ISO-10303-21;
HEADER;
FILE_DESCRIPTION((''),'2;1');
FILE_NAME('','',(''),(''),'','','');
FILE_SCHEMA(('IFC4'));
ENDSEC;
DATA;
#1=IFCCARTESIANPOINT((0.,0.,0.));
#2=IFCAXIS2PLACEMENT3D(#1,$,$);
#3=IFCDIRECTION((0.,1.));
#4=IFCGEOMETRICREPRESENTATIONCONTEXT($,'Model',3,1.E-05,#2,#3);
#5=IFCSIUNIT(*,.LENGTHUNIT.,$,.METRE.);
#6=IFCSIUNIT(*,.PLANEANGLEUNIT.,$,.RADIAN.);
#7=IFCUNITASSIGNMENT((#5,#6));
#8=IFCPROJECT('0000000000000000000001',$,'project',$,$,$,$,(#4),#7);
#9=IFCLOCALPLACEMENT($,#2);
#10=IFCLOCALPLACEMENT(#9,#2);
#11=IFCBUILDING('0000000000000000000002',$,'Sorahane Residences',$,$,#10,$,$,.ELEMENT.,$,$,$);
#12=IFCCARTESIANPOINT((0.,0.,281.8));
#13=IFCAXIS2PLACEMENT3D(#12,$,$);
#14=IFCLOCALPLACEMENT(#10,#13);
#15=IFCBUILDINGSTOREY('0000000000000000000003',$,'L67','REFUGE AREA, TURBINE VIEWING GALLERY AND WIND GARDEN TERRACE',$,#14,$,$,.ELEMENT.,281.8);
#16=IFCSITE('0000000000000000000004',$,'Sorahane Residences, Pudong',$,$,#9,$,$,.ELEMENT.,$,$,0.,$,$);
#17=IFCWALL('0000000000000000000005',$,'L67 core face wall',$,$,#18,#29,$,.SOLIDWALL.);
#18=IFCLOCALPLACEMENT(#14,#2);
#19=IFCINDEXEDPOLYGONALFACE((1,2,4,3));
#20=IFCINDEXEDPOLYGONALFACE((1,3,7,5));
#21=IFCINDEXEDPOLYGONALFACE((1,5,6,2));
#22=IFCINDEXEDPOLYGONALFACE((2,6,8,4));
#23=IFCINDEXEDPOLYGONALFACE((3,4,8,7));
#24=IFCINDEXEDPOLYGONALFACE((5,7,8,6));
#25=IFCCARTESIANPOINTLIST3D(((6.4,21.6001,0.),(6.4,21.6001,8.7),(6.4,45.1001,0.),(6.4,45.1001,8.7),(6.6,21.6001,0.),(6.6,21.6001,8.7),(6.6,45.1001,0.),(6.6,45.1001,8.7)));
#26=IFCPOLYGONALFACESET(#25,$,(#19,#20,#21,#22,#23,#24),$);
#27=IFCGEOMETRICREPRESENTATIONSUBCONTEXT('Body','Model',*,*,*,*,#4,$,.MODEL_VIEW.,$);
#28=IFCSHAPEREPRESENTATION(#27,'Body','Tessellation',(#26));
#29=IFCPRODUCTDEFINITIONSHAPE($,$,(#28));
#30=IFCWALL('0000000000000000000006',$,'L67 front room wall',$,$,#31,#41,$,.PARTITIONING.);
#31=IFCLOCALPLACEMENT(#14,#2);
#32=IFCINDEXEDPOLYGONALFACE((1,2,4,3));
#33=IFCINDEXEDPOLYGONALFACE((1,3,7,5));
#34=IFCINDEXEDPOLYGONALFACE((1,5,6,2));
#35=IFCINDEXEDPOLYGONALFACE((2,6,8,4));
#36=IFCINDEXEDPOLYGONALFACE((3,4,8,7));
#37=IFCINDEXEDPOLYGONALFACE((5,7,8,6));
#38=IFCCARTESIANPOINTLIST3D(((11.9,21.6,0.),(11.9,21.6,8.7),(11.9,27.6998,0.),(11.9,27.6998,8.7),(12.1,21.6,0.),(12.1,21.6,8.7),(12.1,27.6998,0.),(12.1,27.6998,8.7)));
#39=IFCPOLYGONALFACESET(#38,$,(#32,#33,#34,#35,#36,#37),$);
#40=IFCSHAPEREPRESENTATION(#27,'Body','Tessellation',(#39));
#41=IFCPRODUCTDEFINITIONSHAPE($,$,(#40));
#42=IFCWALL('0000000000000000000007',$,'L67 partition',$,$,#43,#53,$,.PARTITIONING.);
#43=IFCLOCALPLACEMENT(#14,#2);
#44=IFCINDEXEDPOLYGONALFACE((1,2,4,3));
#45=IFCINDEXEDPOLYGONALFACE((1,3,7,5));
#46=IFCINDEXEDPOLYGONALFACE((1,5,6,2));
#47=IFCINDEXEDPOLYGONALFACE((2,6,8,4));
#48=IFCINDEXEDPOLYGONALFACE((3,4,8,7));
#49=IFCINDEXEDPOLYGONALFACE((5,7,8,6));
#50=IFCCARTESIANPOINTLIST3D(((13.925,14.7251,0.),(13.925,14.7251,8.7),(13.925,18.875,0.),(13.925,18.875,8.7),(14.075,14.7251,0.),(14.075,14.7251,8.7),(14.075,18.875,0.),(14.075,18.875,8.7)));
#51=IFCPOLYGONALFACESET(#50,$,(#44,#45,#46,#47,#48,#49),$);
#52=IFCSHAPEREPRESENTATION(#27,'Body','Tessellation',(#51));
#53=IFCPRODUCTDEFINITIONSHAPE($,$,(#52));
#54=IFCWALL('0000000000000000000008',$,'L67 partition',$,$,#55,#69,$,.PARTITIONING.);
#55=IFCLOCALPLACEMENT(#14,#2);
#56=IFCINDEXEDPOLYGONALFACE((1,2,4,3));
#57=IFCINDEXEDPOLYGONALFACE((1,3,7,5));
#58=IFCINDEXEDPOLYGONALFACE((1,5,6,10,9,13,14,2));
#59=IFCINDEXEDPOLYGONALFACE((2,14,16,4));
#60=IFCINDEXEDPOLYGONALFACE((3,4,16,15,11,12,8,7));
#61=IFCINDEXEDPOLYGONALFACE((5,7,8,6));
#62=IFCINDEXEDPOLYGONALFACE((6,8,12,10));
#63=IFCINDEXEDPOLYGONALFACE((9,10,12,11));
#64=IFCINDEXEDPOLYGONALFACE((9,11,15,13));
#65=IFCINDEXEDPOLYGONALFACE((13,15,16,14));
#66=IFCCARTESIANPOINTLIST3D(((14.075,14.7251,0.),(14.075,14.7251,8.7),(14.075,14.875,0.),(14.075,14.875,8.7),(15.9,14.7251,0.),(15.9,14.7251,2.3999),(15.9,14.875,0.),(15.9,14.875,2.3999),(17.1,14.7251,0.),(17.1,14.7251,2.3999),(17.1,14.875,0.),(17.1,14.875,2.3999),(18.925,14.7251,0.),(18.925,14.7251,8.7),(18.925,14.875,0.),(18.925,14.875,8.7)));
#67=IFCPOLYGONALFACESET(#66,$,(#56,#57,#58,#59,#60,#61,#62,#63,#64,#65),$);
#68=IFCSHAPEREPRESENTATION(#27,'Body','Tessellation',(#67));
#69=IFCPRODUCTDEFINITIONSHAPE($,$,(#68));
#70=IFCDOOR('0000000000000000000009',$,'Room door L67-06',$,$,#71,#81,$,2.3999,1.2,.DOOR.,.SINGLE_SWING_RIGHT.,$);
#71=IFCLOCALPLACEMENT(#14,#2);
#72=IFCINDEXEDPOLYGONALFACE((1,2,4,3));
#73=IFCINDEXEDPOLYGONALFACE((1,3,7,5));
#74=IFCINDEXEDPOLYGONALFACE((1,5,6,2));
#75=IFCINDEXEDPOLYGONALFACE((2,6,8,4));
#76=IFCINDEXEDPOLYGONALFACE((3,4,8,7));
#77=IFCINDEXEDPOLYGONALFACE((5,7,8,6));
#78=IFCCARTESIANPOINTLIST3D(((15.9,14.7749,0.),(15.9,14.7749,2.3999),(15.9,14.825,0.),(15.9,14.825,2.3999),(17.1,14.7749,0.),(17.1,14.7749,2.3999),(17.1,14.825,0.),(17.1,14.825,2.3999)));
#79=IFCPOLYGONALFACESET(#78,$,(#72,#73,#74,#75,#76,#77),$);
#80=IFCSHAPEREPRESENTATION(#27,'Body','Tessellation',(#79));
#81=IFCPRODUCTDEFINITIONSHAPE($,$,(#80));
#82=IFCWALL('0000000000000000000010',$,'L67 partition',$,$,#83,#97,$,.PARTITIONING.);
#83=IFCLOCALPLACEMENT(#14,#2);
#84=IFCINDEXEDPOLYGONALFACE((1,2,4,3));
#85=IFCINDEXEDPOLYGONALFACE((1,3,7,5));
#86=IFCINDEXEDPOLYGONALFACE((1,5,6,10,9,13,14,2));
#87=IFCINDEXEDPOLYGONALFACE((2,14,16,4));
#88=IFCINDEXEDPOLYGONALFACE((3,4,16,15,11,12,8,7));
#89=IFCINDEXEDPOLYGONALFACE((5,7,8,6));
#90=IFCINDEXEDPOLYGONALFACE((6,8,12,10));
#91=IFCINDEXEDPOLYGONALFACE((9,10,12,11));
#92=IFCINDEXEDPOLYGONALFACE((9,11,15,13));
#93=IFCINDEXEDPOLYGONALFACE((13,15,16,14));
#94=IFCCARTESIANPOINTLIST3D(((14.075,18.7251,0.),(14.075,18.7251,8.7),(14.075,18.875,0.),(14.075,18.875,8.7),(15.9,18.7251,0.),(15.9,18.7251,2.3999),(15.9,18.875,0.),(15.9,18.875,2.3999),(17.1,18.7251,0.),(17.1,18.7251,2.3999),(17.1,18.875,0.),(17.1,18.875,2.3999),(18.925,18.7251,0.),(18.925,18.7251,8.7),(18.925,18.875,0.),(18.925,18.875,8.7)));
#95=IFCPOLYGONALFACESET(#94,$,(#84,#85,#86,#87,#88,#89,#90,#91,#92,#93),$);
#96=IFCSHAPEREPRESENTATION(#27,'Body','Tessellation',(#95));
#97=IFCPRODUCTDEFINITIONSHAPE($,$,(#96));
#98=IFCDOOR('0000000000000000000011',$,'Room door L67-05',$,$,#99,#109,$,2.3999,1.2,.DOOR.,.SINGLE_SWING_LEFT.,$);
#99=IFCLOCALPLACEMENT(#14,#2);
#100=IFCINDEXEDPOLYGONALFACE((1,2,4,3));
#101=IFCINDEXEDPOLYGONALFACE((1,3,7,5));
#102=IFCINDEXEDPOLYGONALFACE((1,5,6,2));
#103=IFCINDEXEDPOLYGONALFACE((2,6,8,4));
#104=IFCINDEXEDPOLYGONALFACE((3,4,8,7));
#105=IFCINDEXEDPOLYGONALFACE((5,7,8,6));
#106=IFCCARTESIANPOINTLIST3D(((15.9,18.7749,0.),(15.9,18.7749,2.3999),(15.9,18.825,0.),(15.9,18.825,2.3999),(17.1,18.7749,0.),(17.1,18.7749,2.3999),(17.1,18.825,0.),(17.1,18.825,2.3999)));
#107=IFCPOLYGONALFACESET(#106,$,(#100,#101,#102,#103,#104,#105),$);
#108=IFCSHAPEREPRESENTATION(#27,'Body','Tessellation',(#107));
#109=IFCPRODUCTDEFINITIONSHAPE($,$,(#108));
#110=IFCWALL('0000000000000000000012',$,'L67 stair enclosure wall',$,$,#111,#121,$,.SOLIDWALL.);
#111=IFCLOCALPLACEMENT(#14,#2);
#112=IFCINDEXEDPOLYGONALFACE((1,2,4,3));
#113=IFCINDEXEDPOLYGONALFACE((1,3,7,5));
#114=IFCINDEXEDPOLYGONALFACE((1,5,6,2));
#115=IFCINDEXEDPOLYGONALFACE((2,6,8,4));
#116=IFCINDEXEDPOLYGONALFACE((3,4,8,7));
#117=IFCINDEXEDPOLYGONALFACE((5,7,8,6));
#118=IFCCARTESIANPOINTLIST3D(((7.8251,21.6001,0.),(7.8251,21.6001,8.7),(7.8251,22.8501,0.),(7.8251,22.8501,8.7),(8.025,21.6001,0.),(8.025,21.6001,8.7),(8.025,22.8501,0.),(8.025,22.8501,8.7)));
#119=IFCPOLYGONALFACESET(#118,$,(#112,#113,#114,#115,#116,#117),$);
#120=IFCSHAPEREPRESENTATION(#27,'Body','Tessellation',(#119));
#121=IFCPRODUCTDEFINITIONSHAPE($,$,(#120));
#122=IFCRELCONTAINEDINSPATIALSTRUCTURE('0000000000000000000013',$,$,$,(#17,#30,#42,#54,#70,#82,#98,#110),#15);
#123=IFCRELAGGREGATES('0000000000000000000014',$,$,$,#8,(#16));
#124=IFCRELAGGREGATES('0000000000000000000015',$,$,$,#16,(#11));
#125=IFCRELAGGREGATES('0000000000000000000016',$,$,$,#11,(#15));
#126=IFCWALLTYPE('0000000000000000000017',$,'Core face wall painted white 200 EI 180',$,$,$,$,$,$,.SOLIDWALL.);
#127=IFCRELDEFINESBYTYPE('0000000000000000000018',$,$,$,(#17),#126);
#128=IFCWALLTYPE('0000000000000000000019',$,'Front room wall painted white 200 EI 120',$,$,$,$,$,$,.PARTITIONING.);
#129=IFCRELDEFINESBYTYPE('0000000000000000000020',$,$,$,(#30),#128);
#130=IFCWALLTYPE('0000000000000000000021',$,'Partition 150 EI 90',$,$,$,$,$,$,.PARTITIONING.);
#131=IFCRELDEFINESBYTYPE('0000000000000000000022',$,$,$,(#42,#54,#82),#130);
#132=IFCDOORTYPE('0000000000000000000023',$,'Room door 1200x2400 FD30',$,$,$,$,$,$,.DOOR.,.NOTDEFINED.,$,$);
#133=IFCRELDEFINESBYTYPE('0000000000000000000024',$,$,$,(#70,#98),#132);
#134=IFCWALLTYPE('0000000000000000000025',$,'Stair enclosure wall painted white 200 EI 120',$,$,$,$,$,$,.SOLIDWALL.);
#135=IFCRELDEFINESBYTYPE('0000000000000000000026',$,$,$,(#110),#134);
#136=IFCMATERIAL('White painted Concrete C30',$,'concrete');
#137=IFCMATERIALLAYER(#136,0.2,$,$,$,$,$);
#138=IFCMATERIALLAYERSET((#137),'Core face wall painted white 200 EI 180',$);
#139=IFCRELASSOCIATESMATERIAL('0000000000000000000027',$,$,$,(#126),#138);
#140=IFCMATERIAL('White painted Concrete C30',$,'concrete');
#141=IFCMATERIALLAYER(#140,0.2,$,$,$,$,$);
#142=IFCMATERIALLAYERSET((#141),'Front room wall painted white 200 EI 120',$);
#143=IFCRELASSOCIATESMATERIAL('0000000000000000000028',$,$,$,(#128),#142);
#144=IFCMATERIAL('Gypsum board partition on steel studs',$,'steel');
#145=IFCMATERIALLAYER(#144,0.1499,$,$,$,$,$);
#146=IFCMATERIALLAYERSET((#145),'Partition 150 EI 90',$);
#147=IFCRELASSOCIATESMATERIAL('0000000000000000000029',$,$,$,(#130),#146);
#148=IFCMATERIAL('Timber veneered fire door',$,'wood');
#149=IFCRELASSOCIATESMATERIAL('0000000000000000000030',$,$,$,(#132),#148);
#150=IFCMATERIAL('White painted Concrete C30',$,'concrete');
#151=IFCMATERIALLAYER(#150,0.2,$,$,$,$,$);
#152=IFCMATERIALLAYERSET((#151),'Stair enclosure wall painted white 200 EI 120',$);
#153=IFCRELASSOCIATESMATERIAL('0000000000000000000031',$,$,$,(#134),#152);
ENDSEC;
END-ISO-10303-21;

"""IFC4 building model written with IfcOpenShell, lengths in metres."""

from ifc_helpers import new_model, si_unit, direction, frame, frame_2d, origin, place, context, subcontext, project, spatial, rectangle, extrude, material, layer, layer_set, type_object, element, fill, save


model = new_model("IFC4")

# Units and contexts
model_context = context("Model", 3, precision=1e-05, world=origin(), true_north=direction((0.0, 1.0)))
body_context = subcontext(model_context, "Body", "Model", "MODEL_VIEW")
ifc_project = project(units=[si_unit("LENGTHUNIT", "METRE"), si_unit("PLANEANGLEUNIT", "RADIAN")], contexts=[model_context])

# Site, building, storey
site_placement = place(None, origin())
site = spatial("IfcSite", under=ifc_project, at=site_placement, Name="Sorahane Residences, Pudong", CompositionType="ELEMENT", RefElevation=0.0)
building_placement = place(site_placement, origin())
building = spatial("IfcBuilding", under=site, at=building_placement, Name="Sorahane Residences", CompositionType="ELEMENT")
storey_placement = place(building_placement, frame((0.0, 0.0, 281.8)))
storey = spatial("IfcBuildingStorey", under=building, at=storey_placement, Name="L67", Description="REFUGE AREA, TURBINE VIEWING GALLERY AND WIND GARDEN TERRACE", CompositionType="ELEMENT", Elevation=281.8)

# Walls
ifc_material_1 = material(Name="White painted Concrete C30", Category="concrete")
ifc_layer_1 = layer(ifc_material_1, 0.2)
ifc_layer_set_1 = layer_set([ifc_layer_1], Name="Core face wall painted white 200 EI 180")
wall_type_1 = type_object("IfcWallType", Name="Core face wall painted white 200 EI 180", PredefinedType="SOLIDWALL", material=ifc_layer_set_1)
wall_1_placement = place(storey_placement, frame((6.5, 21.6001, 0.0), z_axis=(0.0, 0.0, 1.0), x_axis=(0.0, 1.0, 0.0)))
element("IfcWall", 1, at=wall_1_placement, inside=storey, type_object=wall_type_1, Name="L67 core face wall", PredefinedType="SOLIDWALL", context=body_context, shape_type="SweptSolid", body=[
    extrude(rectangle(XDim=23.5, YDim=0.2, at=frame_2d((11.75, 0.0))), origin(), (0.0, 0.0, 1.0), 8.7),
])
ifc_material_2 = material(Name="White painted Concrete C30", Category="concrete")
ifc_layer_2 = layer(ifc_material_2, 0.2)
ifc_layer_set_2 = layer_set([ifc_layer_2], Name="Front room wall painted white 200 EI 120")
wall_type_2 = type_object("IfcWallType", Name="Front room wall painted white 200 EI 120", PredefinedType="PARTITIONING", material=ifc_layer_set_2)
wall_2_placement = place(storey_placement, frame((12.0, 21.6001, 0.0), z_axis=(0.0, 0.0, 1.0), x_axis=(0.0, 1.0, 0.0)))
element("IfcWall", 2, at=wall_2_placement, inside=storey, type_object=wall_type_2, Name="L67 front room wall", PredefinedType="PARTITIONING", context=body_context, shape_type="SweptSolid", body=[
    extrude(rectangle(XDim=6.0999, YDim=0.2, at=frame_2d((3.0498, 0.0))), origin(), (0.0, 0.0, 1.0), 8.7),
])
ifc_material_3 = material(Name="Gypsum board partition on steel studs", Category="steel")
ifc_layer_3 = layer(ifc_material_3, 0.1499)
ifc_layer_set_3 = layer_set([ifc_layer_3], Name="Partition 150 EI 90")
wall_type_3 = type_object("IfcWallType", Name="Partition 150 EI 90", PredefinedType="PARTITIONING", material=ifc_layer_set_3)
wall_3_placement = place(storey_placement, frame((14.0, 14.7251, 0.0), z_axis=(0.0, 0.0, 1.0), x_axis=(0.0, 1.0, 0.0)))
element("IfcWall", 3, at=wall_3_placement, inside=storey, type_object=wall_type_3, Name="L67 partition", PredefinedType="PARTITIONING", context=body_context, shape_type="SweptSolid", body=[
    extrude(rectangle(XDim=4.1499, YDim=0.1499, at=frame_2d((2.075, 0.0))), origin(), (0.0, 0.0, 1.0), 8.7),
])

# Walls, openings, doors
wall_4_placement = place(storey_placement, frame((14.075, 14.8, 0.0), z_axis=(0.0, 0.0, 1.0), x_axis=(1.0, 0.0, 0.0)))
wall_4 = element("IfcWall", 4, at=wall_4_placement, inside=storey, type_object=wall_type_3, Name="L67 partition", PredefinedType="PARTITIONING", context=body_context, shape_type="SweptSolid", body=[
    extrude(rectangle(XDim=4.8501, YDim=0.1499, at=frame_2d((2.425, 0.0))), origin(), (0.0, 0.0, 1.0), 8.7),
])
opening_1_placement = place(wall_4_placement, frame((1.825, 0.0, 0.0)))
opening_1 = element("IfcOpeningElement", 5, at=opening_1_placement, cuts=wall_4, PredefinedType="OPENING", context=body_context, shape_type="SweptSolid", body=[
    extrude(rectangle(XDim=1.2, YDim=2.3999, at=frame_2d((0.6001, 1.2))), frame((0.0, 0.085, 0.0), z_axis=(0.0, -1.0, 0.0), x_axis=(1.0, 0.0, 0.0)), (0.0, 0.0, 1.0), 0.1699),
])
ifc_material_4 = material(Name="Timber veneered fire door", Category="wood")
door_type_1 = type_object("IfcDoorType", Name="Room door 1200x2400 FD30", OperationType="NOTDEFINED", PredefinedType="DOOR", material=ifc_material_4)
door_1_placement = place(opening_1_placement, origin())
door_1 = element("IfcDoor", 6, at=door_1_placement, inside=storey, type_object=door_type_1, Name="Room door L67-06", OperationType="SINGLE_SWING_RIGHT", OverallHeight=2.3999, OverallWidth=1.2, PredefinedType="DOOR", context=body_context, shape_type="SweptSolid", body=[
    extrude(rectangle(XDim=1.2, YDim=2.3999, at=frame_2d((0.6001, 1.2))), frame((0.0, 0.0249, 0.0), z_axis=(0.0, -1.0, 0.0), x_axis=(1.0, 0.0, 0.0)), (0.0, 0.0, 1.0), 0.05),
])
fill(opening_1, door_1)
wall_5_placement = place(storey_placement, frame((14.075, 18.8, 0.0), z_axis=(0.0, 0.0, 1.0), x_axis=(1.0, 0.0, 0.0)))
wall_5 = element("IfcWall", 7, at=wall_5_placement, inside=storey, type_object=wall_type_3, Name="L67 partition", PredefinedType="PARTITIONING", context=body_context, shape_type="SweptSolid", body=[
    extrude(rectangle(XDim=4.8501, YDim=0.1499, at=frame_2d((2.425, 0.0))), origin(), (0.0, 0.0, 1.0), 8.7),
])
opening_2_placement = place(wall_5_placement, frame((1.825, 0.0, 0.0)))
opening_2 = element("IfcOpeningElement", 8, at=opening_2_placement, cuts=wall_5, PredefinedType="OPENING", context=body_context, shape_type="SweptSolid", body=[
    extrude(rectangle(XDim=1.2, YDim=2.3999, at=frame_2d((0.6001, 1.2))), frame((0.0, 0.085, 0.0), z_axis=(0.0, -1.0, 0.0), x_axis=(1.0, 0.0, 0.0)), (0.0, 0.0, 1.0), 0.1699),
])
door_2_placement = place(opening_2_placement, origin())
door_2 = element("IfcDoor", 9, at=door_2_placement, inside=storey, type_object=door_type_1, Name="Room door L67-05", OperationType="SINGLE_SWING_LEFT", OverallHeight=2.3999, OverallWidth=1.2, PredefinedType="DOOR", context=body_context, shape_type="SweptSolid", body=[
    extrude(rectangle(XDim=1.2, YDim=2.3999, at=frame_2d((0.6001, 1.2))), frame((0.0, 0.0249, 0.0), z_axis=(0.0, -1.0, 0.0), x_axis=(1.0, 0.0, 0.0)), (0.0, 0.0, 1.0), 0.05),
])
fill(opening_2, door_2)

# Wall
ifc_material_5 = material(Name="White painted Concrete C30", Category="concrete")
ifc_layer_4 = layer(ifc_material_5, 0.2)
ifc_layer_set_4 = layer_set([ifc_layer_4], Name="Stair enclosure wall painted white 200 EI 120")
wall_type_4 = type_object("IfcWallType", Name="Stair enclosure wall painted white 200 EI 120", PredefinedType="SOLIDWALL", material=ifc_layer_set_4)
wall_6_placement = place(storey_placement, frame((7.925, 21.6001, 0.0), z_axis=(0.0, 0.0, 1.0), x_axis=(0.0, 1.0, 0.0)))
element("IfcWall", 10, at=wall_6_placement, inside=storey, type_object=wall_type_4, Name="L67 stair enclosure wall", PredefinedType="SOLIDWALL", context=body_context, shape_type="SweptSolid", body=[
    extrude(rectangle(XDim=1.25, YDim=0.2, at=frame_2d((0.625, 0.0))), origin(), (0.0, 0.0, 1.0), 8.7),
])

save(model, "model.ifc")
